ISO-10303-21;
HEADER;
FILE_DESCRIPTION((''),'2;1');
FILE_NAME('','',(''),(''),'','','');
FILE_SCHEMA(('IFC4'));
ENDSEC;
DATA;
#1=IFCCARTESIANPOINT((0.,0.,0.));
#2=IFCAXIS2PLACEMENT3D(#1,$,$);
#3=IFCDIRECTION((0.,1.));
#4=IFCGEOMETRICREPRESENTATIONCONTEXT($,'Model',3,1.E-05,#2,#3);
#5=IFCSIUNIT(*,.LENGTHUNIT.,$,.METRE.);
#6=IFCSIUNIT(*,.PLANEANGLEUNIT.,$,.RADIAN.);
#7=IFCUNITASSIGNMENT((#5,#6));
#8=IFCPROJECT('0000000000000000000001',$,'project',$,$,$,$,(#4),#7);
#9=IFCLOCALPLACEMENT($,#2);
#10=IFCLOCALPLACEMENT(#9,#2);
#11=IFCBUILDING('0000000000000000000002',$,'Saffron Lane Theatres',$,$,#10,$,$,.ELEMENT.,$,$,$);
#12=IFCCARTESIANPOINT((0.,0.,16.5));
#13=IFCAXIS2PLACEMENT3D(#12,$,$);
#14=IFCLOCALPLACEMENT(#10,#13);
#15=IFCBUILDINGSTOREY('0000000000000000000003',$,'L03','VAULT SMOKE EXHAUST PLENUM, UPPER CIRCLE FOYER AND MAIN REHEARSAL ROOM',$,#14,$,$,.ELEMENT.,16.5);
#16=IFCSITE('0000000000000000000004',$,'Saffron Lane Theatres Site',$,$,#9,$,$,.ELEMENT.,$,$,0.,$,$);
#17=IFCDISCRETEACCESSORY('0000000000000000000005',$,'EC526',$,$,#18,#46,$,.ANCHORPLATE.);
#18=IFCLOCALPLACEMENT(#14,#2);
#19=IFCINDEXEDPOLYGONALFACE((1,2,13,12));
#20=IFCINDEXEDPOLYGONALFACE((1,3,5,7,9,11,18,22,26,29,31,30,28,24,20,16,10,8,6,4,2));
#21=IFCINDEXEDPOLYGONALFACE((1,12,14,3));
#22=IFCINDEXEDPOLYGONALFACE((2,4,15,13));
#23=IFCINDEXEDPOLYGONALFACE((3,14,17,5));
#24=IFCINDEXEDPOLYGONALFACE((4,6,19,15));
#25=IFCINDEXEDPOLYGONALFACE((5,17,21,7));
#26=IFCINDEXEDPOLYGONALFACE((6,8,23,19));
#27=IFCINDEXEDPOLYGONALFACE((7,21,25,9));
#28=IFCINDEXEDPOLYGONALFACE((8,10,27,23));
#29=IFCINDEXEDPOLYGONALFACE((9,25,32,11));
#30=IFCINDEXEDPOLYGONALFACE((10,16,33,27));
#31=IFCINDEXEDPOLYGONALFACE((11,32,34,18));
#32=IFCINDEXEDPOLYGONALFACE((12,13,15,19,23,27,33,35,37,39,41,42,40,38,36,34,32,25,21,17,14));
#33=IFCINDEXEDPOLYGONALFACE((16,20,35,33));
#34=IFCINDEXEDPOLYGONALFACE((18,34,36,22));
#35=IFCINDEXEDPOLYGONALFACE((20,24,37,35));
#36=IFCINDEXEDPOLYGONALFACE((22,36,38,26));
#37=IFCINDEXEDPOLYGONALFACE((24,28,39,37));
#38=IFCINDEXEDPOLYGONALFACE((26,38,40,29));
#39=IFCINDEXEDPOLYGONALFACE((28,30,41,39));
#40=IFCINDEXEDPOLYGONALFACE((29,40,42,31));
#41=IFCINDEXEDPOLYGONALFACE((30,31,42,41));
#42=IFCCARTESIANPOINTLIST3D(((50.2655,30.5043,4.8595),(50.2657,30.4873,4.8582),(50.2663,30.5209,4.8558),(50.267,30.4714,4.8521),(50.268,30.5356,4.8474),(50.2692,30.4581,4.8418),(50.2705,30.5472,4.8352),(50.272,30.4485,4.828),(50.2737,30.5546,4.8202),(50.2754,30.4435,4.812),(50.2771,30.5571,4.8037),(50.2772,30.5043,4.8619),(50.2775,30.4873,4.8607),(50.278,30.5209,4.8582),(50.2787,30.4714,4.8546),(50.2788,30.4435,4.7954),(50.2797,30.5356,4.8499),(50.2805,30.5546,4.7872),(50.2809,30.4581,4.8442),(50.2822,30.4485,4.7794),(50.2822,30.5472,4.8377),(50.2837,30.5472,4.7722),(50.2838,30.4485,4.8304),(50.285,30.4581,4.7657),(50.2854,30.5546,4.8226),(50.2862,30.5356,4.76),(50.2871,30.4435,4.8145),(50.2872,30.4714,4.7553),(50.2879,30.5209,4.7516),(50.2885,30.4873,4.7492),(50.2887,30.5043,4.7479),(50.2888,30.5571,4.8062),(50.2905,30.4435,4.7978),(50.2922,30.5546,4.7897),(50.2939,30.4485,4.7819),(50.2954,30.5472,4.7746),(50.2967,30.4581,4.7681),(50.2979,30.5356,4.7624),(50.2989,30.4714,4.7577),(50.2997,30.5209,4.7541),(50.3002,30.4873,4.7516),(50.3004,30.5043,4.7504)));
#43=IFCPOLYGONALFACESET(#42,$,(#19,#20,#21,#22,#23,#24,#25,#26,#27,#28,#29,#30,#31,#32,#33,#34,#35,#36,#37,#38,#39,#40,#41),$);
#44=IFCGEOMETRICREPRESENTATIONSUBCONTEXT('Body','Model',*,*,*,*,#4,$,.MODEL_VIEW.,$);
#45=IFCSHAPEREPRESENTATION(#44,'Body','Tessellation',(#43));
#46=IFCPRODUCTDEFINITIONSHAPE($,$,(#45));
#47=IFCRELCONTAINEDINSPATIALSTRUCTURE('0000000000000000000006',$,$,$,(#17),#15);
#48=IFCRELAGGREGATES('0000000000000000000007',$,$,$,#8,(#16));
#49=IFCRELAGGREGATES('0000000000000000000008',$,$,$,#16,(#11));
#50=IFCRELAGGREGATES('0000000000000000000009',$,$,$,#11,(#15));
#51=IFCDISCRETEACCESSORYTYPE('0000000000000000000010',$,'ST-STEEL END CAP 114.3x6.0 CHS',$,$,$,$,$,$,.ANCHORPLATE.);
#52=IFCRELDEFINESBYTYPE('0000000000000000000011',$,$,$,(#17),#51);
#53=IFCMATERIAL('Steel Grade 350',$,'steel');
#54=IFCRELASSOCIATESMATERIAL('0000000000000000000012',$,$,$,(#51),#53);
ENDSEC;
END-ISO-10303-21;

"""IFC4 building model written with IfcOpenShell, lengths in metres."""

from ifc_helpers import new_model, si_unit, direction, frame, origin, origin_2d, place, context, subcontext, project, spatial, circle, extrude, material, material_profile, profile_set, type_object, element, save


model = new_model("IFC4")

# Units and contexts
model_context = context("Model", 3, precision=1e-05, world=origin(), true_north=direction((0.0, 1.0)))
body_context = subcontext(model_context, "Body", "Model", "MODEL_VIEW")
ifc_project = project(units=[si_unit("LENGTHUNIT", "METRE"), si_unit("PLANEANGLEUNIT", "RADIAN")], contexts=[model_context])

# Site, building, storey
site_placement = place(None, origin())
site = spatial("IfcSite", under=ifc_project, at=site_placement, Name="Saffron Lane Theatres Site", CompositionType="ELEMENT", RefElevation=0.0)
building_placement = place(site_placement, origin())
building = spatial("IfcBuilding", under=site, at=building_placement, Name="Saffron Lane Theatres", CompositionType="ELEMENT")
storey_placement = place(building_placement, frame((0.0, 0.0, 16.5)))
storey = spatial("IfcBuildingStorey", under=building, at=storey_placement, Name="L03", Description="VAULT SMOKE EXHAUST PLENUM, UPPER CIRCLE FOYER AND MAIN REHEARSAL ROOM", CompositionType="ELEMENT", Elevation=16.5)

# Discrete accessory
ifc_material_1 = material(Name="Steel Grade 350", Category="steel")
ifc_material_profile_1 = material_profile(ifc_material_1, circle(Radius=0.0571, at=origin_2d()))
ifc_profile_set_1 = profile_set([ifc_material_profile_1], Name="Steel Grade 350")
discrete_accessory_type_1 = type_object("IfcDiscreteAccessoryType", Name="ST-STEEL END CAP 114.3x6.0 CHS", PredefinedType="ANCHORPLATE", material=ifc_profile_set_1)
for number, where, z_axis, x_axis, name in (
    (1, (50.2771, 30.5, 4.8037), (0.97898, 0.0, 0.203954), (0.0, 1.0, 0.0), "EC526"),
):
    element("IfcDiscreteAccessory", number, at=place(storey_placement, frame(where, z_axis=z_axis, x_axis=x_axis)), inside=storey, type_object=discrete_accessory_type_1, Name=name, PredefinedType="ANCHORPLATE", context=body_context, shape_type="SweptSolid", body=[
        extrude(circle(Radius=0.0571, at=origin_2d()), origin(), (0.0, 0.0, 1.0), 0.012),
    ])

save(model, "model.ifc")
